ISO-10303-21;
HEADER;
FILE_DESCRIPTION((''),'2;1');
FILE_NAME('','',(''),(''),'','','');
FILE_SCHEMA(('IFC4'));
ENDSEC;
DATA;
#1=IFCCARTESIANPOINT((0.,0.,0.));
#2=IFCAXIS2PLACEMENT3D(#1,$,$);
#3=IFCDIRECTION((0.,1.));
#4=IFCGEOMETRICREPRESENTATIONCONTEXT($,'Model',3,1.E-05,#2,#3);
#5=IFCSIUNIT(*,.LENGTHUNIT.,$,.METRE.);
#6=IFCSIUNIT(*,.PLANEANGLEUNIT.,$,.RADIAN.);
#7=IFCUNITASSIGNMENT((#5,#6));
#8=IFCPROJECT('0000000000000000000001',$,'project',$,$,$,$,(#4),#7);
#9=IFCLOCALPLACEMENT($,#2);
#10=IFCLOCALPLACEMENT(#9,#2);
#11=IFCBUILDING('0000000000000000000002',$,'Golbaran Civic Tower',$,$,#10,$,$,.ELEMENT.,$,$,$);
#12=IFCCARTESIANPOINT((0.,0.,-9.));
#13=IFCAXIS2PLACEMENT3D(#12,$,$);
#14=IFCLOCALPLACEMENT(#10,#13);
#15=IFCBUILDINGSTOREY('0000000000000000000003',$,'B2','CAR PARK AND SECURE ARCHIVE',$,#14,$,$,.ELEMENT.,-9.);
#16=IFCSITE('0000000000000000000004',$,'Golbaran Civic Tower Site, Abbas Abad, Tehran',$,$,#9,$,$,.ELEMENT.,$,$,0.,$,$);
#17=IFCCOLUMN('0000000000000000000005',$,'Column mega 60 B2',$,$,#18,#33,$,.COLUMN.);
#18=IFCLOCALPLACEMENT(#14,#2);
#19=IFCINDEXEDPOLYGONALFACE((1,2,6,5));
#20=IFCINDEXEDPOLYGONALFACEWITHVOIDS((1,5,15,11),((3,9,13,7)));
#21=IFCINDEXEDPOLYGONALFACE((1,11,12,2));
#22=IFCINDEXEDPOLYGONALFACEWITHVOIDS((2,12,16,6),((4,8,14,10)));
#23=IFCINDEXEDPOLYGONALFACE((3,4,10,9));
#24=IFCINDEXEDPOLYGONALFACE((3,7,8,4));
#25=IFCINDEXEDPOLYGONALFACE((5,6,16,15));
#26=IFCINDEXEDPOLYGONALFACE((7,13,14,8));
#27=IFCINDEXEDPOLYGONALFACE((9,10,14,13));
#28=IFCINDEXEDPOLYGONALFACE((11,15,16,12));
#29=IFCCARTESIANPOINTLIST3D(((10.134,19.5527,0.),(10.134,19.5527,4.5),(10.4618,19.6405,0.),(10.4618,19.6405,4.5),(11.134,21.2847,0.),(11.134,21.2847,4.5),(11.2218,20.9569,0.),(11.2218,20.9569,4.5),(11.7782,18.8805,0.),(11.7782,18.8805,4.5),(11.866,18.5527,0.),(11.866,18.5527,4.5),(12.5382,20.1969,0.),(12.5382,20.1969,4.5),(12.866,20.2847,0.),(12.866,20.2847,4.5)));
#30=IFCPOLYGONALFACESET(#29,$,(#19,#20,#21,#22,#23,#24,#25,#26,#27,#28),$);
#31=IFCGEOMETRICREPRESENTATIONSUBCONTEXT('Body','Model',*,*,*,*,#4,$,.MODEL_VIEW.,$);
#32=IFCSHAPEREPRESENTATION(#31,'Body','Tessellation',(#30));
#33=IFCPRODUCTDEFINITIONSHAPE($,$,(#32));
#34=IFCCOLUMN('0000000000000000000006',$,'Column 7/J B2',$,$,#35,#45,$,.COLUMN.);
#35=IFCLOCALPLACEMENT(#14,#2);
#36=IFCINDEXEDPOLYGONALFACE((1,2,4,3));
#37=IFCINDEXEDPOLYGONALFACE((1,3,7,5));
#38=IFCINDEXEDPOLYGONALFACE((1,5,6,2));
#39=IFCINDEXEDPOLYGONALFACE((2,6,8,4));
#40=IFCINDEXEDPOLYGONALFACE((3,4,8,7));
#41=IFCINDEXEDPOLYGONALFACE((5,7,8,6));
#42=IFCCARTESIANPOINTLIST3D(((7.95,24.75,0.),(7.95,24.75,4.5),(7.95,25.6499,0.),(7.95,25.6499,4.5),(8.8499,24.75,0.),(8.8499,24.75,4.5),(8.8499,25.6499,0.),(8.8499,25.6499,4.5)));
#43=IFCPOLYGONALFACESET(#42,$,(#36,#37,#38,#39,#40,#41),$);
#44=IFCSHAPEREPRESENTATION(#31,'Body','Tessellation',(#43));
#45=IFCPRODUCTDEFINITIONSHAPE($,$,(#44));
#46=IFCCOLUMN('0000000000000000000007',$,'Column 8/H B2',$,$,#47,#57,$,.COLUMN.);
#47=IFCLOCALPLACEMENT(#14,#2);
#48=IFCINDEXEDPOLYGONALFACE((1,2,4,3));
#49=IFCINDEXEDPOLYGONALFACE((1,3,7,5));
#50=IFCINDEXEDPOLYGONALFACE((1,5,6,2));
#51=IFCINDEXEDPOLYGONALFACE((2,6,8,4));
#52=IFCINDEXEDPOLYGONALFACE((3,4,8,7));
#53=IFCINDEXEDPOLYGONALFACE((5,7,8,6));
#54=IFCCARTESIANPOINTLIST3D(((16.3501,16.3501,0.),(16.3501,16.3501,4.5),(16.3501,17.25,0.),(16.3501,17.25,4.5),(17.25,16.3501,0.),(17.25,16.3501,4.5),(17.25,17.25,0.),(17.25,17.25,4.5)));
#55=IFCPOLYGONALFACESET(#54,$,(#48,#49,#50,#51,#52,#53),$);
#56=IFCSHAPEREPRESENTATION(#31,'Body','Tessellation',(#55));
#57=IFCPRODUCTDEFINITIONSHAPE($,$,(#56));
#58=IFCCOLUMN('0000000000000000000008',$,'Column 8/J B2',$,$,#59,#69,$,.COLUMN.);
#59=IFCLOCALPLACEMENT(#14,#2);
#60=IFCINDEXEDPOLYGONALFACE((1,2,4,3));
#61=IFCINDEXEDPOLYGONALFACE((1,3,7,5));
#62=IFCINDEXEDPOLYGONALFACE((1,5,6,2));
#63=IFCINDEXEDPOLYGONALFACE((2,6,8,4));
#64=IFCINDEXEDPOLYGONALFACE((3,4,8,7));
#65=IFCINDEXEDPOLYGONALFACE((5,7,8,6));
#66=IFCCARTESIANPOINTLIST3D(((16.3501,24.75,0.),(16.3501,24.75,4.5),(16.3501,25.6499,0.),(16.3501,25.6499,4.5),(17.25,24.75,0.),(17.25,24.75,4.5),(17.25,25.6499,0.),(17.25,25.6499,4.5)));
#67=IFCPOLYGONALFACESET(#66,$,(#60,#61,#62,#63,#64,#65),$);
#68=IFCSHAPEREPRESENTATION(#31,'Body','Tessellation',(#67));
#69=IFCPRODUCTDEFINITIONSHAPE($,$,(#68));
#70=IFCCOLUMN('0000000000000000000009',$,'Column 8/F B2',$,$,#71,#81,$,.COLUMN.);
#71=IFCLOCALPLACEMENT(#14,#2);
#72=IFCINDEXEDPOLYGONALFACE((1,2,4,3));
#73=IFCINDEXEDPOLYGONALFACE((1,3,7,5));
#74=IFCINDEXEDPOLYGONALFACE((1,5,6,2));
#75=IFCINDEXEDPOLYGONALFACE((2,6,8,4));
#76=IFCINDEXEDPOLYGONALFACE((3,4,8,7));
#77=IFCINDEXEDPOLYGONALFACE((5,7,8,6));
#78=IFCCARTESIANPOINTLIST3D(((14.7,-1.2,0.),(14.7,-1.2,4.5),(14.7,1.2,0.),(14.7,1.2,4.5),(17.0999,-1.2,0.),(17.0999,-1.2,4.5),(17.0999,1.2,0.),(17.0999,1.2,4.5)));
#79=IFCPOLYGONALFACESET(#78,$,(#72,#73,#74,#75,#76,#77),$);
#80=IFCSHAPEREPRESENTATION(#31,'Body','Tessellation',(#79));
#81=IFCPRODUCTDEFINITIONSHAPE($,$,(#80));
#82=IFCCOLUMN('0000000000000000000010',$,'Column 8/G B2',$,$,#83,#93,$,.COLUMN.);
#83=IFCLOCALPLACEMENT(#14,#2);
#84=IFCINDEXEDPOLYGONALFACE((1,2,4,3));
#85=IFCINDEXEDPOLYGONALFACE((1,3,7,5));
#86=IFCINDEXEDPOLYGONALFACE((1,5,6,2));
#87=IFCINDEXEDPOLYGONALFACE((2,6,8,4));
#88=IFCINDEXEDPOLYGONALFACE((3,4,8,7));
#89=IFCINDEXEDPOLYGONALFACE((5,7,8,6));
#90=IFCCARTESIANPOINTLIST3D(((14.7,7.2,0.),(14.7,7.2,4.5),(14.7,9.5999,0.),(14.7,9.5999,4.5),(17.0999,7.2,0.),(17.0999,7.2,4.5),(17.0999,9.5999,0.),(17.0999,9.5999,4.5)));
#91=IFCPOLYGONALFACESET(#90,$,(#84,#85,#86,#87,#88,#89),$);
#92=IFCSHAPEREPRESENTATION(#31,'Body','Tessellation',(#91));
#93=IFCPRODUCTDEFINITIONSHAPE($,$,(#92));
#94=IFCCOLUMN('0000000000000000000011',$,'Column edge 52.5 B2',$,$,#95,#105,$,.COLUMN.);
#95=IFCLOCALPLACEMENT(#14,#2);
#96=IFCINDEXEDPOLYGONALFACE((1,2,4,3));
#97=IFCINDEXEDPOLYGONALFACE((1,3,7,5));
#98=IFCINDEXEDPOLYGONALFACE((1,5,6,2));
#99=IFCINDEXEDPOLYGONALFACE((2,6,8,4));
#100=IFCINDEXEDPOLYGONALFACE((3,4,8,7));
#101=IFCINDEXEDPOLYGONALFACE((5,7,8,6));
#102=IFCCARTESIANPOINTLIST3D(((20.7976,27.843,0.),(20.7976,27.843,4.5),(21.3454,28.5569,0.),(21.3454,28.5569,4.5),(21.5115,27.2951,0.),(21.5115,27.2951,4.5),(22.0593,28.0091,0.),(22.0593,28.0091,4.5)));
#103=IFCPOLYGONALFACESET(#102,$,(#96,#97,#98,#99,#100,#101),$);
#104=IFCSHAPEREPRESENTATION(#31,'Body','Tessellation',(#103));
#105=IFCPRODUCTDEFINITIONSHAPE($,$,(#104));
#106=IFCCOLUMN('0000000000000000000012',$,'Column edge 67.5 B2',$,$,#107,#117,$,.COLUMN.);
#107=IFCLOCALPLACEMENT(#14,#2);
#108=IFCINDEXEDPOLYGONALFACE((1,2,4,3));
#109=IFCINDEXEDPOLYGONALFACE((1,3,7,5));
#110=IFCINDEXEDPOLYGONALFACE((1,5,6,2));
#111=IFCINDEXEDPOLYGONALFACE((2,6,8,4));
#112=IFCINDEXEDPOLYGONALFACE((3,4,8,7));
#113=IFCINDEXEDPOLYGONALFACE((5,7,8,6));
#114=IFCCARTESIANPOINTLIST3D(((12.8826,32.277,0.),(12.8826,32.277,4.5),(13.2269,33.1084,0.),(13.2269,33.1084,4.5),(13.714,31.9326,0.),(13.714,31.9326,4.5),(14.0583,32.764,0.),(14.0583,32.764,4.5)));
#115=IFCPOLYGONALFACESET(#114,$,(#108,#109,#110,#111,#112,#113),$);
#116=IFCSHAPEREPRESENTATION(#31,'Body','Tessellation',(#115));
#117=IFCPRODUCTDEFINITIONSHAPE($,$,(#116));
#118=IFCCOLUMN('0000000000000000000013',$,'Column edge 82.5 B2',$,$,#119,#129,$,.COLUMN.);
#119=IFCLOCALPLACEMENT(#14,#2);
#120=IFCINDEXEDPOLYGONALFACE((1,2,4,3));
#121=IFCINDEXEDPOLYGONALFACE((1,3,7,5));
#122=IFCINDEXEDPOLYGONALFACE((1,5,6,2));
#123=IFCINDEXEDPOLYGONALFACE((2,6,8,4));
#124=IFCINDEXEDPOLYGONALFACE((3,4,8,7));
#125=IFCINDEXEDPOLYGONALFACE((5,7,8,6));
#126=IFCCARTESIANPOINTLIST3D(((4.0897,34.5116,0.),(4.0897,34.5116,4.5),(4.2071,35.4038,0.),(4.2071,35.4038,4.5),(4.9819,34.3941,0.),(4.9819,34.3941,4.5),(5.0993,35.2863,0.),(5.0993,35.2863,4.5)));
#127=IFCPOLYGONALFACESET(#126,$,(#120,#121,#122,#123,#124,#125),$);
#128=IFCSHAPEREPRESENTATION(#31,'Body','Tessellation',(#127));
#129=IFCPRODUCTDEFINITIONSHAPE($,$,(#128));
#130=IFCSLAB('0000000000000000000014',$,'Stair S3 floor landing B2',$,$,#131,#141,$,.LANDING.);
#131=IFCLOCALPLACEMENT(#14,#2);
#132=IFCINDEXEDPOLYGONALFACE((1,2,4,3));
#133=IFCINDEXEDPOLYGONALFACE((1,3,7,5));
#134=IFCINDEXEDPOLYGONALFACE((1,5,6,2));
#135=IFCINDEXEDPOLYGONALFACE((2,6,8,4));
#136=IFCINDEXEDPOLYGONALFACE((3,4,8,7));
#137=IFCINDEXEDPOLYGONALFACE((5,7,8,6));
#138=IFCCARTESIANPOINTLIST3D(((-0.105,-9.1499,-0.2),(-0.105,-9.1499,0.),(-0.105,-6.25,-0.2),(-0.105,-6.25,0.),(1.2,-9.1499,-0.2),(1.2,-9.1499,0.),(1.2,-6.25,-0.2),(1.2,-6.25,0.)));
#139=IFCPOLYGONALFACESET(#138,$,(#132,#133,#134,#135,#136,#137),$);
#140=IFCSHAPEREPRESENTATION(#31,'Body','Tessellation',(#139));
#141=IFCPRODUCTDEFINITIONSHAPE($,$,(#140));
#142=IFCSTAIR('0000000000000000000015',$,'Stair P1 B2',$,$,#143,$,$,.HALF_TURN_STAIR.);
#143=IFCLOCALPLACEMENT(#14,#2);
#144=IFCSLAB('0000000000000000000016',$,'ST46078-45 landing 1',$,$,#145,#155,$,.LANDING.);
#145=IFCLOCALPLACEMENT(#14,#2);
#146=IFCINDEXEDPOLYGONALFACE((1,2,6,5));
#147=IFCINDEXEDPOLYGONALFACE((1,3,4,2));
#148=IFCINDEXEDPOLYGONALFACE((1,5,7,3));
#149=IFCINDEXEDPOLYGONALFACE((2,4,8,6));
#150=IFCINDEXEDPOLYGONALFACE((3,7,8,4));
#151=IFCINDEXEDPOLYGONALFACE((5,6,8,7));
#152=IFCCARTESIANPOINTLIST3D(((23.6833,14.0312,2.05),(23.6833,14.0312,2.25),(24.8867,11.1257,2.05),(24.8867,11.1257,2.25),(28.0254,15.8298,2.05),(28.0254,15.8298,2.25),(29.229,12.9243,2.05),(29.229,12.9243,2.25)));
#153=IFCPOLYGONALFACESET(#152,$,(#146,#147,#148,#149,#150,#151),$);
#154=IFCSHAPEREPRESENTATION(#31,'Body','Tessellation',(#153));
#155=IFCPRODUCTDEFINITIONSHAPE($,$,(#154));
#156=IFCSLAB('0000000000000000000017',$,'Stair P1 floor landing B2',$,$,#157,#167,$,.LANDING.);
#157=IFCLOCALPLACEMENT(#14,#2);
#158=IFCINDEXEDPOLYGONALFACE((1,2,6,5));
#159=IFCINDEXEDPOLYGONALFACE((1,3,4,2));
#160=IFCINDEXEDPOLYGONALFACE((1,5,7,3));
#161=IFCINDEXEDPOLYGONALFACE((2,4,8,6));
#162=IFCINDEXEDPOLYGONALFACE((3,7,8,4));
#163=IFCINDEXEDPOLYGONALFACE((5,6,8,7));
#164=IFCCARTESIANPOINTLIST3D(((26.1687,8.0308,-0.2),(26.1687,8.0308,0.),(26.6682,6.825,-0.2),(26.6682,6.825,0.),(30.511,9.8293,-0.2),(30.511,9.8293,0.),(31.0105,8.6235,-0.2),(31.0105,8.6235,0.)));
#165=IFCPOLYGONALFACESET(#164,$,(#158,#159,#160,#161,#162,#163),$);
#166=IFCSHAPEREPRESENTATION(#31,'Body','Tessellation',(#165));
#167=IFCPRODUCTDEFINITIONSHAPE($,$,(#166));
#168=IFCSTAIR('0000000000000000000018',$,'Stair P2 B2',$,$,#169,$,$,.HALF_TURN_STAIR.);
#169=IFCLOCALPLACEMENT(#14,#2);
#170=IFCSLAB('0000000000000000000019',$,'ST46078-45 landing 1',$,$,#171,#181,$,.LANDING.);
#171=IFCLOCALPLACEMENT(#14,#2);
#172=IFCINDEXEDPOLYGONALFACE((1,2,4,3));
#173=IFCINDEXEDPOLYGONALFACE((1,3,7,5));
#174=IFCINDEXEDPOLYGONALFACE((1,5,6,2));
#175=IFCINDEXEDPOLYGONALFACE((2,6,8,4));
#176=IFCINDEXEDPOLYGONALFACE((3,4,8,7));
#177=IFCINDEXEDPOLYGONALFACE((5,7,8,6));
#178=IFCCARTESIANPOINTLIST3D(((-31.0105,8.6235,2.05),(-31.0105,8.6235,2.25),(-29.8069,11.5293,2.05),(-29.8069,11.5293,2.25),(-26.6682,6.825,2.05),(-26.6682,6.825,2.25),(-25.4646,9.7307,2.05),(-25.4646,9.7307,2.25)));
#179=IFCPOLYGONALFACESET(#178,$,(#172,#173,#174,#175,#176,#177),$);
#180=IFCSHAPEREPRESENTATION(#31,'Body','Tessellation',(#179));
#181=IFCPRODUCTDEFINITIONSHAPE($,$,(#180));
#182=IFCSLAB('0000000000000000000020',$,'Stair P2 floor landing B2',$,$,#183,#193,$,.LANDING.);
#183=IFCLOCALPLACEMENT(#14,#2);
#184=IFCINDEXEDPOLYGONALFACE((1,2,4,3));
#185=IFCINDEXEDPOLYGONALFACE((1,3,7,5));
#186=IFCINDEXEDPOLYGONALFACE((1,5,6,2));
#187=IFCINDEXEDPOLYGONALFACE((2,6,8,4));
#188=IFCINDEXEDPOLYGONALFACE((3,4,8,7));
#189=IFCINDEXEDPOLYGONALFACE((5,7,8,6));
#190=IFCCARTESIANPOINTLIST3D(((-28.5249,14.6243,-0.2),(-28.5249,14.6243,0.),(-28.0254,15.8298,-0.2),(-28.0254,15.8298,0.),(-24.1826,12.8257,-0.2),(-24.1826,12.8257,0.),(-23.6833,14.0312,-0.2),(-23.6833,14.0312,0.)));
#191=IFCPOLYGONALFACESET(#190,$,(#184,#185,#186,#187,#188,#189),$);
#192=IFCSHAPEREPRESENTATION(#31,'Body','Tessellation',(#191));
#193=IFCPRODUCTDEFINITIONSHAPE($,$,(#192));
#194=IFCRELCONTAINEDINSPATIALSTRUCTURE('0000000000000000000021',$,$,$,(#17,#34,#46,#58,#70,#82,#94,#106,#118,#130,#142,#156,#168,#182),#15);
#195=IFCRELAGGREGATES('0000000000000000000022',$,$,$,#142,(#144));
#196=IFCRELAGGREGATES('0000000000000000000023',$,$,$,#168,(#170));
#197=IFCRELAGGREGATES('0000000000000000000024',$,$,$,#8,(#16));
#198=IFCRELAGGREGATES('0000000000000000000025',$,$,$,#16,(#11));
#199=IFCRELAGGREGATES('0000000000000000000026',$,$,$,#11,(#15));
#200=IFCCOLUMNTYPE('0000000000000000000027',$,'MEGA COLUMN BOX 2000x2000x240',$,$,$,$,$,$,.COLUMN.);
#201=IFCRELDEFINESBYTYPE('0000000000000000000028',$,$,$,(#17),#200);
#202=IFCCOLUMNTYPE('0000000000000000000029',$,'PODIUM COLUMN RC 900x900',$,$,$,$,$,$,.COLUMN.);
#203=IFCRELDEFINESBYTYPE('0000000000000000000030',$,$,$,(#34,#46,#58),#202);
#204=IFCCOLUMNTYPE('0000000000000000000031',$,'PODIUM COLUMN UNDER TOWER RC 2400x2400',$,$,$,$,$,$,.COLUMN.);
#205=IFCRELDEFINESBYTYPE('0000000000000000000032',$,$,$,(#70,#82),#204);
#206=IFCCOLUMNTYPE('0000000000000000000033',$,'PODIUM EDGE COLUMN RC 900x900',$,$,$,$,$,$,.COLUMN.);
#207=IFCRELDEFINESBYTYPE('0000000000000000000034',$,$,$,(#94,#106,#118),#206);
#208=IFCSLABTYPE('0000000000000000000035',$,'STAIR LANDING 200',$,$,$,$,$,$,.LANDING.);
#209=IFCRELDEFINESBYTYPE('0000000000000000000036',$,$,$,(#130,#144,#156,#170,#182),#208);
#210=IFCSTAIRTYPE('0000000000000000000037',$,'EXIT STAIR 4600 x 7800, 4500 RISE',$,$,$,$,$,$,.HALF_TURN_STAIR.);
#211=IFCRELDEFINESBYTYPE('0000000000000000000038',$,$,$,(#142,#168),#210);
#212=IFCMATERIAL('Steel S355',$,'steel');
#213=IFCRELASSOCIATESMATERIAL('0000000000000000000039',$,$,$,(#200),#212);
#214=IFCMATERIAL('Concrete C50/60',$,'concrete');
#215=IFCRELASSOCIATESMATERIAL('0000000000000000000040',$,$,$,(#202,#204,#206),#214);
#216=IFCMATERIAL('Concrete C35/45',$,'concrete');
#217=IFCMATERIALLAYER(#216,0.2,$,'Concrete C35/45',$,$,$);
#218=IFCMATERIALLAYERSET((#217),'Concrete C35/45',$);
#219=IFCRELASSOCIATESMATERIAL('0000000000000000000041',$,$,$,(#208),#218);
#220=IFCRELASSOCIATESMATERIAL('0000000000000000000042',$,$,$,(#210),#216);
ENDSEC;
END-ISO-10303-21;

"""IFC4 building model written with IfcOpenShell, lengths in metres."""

from ifc_helpers import new_model, si_unit, direction, frame, origin, origin_2d, place, context, subcontext, project, spatial, polyline, rectangle, hollow_rectangle, outline, extrude, material, layer, layer_set, material_profile, profile_set, type_object, element, aggregate, save


model = new_model("IFC4")

# Units and contexts
model_context = context("Model", 3, precision=1e-05, world=origin(), true_north=direction((0.0, 1.0)))
body_context = subcontext(model_context, "Body", "Model", "MODEL_VIEW")
ifc_project = project(units=[si_unit("LENGTHUNIT", "METRE"), si_unit("PLANEANGLEUNIT", "RADIAN")], contexts=[model_context])

# Site, building, storey
site_placement = place(None, origin())
site = spatial("IfcSite", under=ifc_project, at=site_placement, Name="Golbaran Civic Tower Site, Abbas Abad, Tehran", CompositionType="ELEMENT", RefElevation=0.0)
building_placement = place(site_placement, origin())
building = spatial("IfcBuilding", under=site, at=building_placement, Name="Golbaran Civic Tower", CompositionType="ELEMENT")
storey_placement = place(building_placement, frame((0.0, 0.0, -9.0)))
storey = spatial("IfcBuildingStorey", under=building, at=storey_placement, Name="B2", Description="CAR PARK AND SECURE ARCHIVE", CompositionType="ELEMENT", Elevation=-9.0)

# Columns
ifc_material_1 = material(Name="Steel S355", Category="steel")
ifc_material_profile_1 = material_profile(ifc_material_1, hollow_rectangle(XDim=2.0, YDim=2.0, WallThickness=0.24, at=origin_2d()), Name="BOX 2000x2000x240")
ifc_profile_set_1 = profile_set([ifc_material_profile_1], Name="Steel S355")
column_type_1 = type_object("IfcColumnType", Name="MEGA COLUMN BOX 2000x2000x240", PredefinedType="COLUMN", material=ifc_profile_set_1)
column_placement = place(storey_placement, frame((11.5, 19.9187, 0.0), z_axis=(0.0, 0.0, 1.0), x_axis=(0.5, 0.866025, 0.0)))
element("IfcColumn", 1, at=column_placement, inside=storey, type_object=column_type_1, Name="Column mega 60 B2", PredefinedType="COLUMN", context=body_context, shape_type="SweptSolid", body=[
    extrude(hollow_rectangle(XDim=2.0, YDim=2.0, WallThickness=0.24, at=origin_2d()), origin(), (0.0, 0.0, 1.0), 4.5),
])
ifc_material_2 = material(Name="Concrete C50/60", Category="concrete")
ifc_material_profile_2 = material_profile(ifc_material_2, rectangle(XDim=0.8999, YDim=0.8999, at=origin_2d()), Name="RC 900x900")
ifc_profile_set_2 = profile_set([ifc_material_profile_2], Name="Concrete C50/60")
column_type_2 = type_object("IfcColumnType", Name="PODIUM COLUMN RC 900x900", PredefinedType="COLUMN", material=ifc_profile_set_2)
for number, where, z_axis, x_axis, name in (
    (2, (8.3999, 25.2, 0.0), (0.0, 0.0, 1.0), (1.0, 0.0, 0.0), "Column 7/J B2"),
    (3, (16.8, 16.8, 0.0), (0.0, 0.0, 1.0), (1.0, 0.0, 0.0), "Column 8/H B2"),
    (4, (16.8, 25.2, 0.0), (0.0, 0.0, 1.0), (1.0, 0.0, 0.0), "Column 8/J B2"),
):
    element("IfcColumn", number, at=place(storey_placement, frame(where, z_axis=z_axis, x_axis=x_axis)), inside=storey, type_object=column_type_2, Name=name, PredefinedType="COLUMN", context=body_context, shape_type="SweptSolid", body=[
        extrude(rectangle(XDim=0.8999, YDim=0.8999, at=origin_2d()), origin(), (0.0, 0.0, 1.0), 4.5),
    ])
ifc_material_profile_3 = material_profile(ifc_material_2, rectangle(XDim=2.3999, YDim=2.3999, at=origin_2d()), Name="RC 2400x2400")
ifc_profile_set_3 = profile_set([ifc_material_profile_3], Name="Concrete C50/60")
column_type_3 = type_object("IfcColumnType", Name="PODIUM COLUMN UNDER TOWER RC 2400x2400", PredefinedType="COLUMN", material=ifc_profile_set_3)
for number, where, z_axis, x_axis, name in (
    (5, (15.8999, 0.0, 0.0), (0.0, 0.0, 1.0), (1.0, 0.0, 0.0), "Column 8/F B2"),
    (6, (15.8999, 8.3999, 0.0), (0.0, 0.0, 1.0), (1.0, 0.0, 0.0), "Column 8/G B2"),
):
    element("IfcColumn", number, at=place(storey_placement, frame(where, z_axis=z_axis, x_axis=x_axis)), inside=storey, type_object=column_type_3, Name=name, PredefinedType="COLUMN", context=body_context, shape_type="SweptSolid", body=[
        extrude(rectangle(XDim=2.3999, YDim=2.3999, at=origin_2d()), origin(), (0.0, 0.0, 1.0), 4.5),
    ])
ifc_material_profile_4 = material_profile(ifc_material_2, rectangle(XDim=0.8999, YDim=0.8999, at=origin_2d()), Name="RC 900x900")
ifc_profile_set_4 = profile_set([ifc_material_profile_4], Name="Concrete C50/60")
column_type_4 = type_object("IfcColumnType", Name="PODIUM EDGE COLUMN RC 900x900", PredefinedType="COLUMN", material=ifc_profile_set_4)
for number, where, z_axis, x_axis, name in (
    (7, (21.4285, 27.926, 0.0), (0.0, 0.0, 1.0), (0.608761, 0.793353, 0.0), "Column edge 52.5 B2"),
    (8, (13.4705, 32.5205, 0.0), (0.0, 0.0, 1.0), (0.382683, 0.92388, 0.0), "Column edge 67.5 B2"),
    (9, (4.5945, 34.8989, 0.0), (0.0, 0.0, 1.0), (0.130526, 0.991445, 0.0), "Column edge 82.5 B2"),
):
    element("IfcColumn", number, at=place(storey_placement, frame(where, z_axis=z_axis, x_axis=x_axis)), inside=storey, type_object=column_type_4, Name=name, PredefinedType="COLUMN", context=body_context, shape_type="SweptSolid", body=[
        extrude(rectangle(XDim=0.8999, YDim=0.8999, at=origin_2d()), origin(), (0.0, 0.0, 1.0), 4.5),
    ])

# Slab
ifc_material_3 = material(Name="Concrete C35/45", Category="concrete")
ifc_layer_1 = layer(ifc_material_3, 0.2, Name="Concrete C35/45")
ifc_layer_set_1 = layer_set([ifc_layer_1], Name="Concrete C35/45")
slab_type = type_object("IfcSlabType", Name="STAIR LANDING 200", PredefinedType="LANDING", material=ifc_layer_set_1)
slab_1_placement = place(storey_placement, frame((0.0, 0.0, -0.2)))
element("IfcSlab", 10, at=slab_1_placement, inside=storey, type_object=slab_type, Name="Stair S3 floor landing B2", PredefinedType="LANDING", context=body_context, shape_type="SweptSolid", body=[
    extrude(outline(polyline([(1.2, -9.1499), (-0.105, -9.1499), (-0.105, -6.25), (1.2, -6.25), (1.2, -9.1499)])), origin(), (0.0, 0.0, 1.0), 0.2),
])

# Stair, slab
stair_type = type_object("IfcStairType", Name="EXIT STAIR 4600 x 7800, 4500 RISE", PredefinedType="HALF_TURN_STAIR", material=ifc_material_3)
stair_1_placement = place(storey_placement, origin())
stair_1 = element("IfcStair", 11, at=stair_1_placement, inside=storey, type_object=stair_type, Name="Stair P1 B2", PredefinedType="HALF_TURN_STAIR")
slab_2_placement = place(storey_placement, frame((0.0, 0.0, 2.05)))
slab_2 = element("IfcSlab", 12, at=slab_2_placement, type_object=slab_type, Name="ST46078-45 landing 1", PredefinedType="LANDING", context=body_context, shape_type="SweptSolid", body=[
    extrude(outline(polyline([(24.8867, 11.1257), (23.6833, 14.0312), (28.0254, 15.8298), (29.229, 12.9243), (24.8867, 11.1257)])), origin(), (0.0, 0.0, 1.0), 0.2),
])
aggregate(stair_1, [slab_2])

# Slab
slab_3_placement = place(storey_placement, frame((0.0, 0.0, -0.2)))
element("IfcSlab", 13, at=slab_3_placement, inside=storey, type_object=slab_type, Name="Stair P1 floor landing B2", PredefinedType="LANDING", context=body_context, shape_type="SweptSolid", body=[
    extrude(outline(polyline([(26.6682, 6.825), (26.1687, 8.0308), (30.511, 9.8293), (31.0105, 8.6235), (26.6682, 6.825)])), origin(), (0.0, 0.0, 1.0), 0.2),
])

# Stair, slab
stair_2_placement = place(storey_placement, origin())
stair_2 = element("IfcStair", 14, at=stair_2_placement, inside=storey, type_object=stair_type, Name="Stair P2 B2", PredefinedType="HALF_TURN_STAIR")
slab_4_placement = place(storey_placement, frame((0.0, 0.0, 2.05)))
slab_4 = element("IfcSlab", 15, at=slab_4_placement, type_object=slab_type, Name="ST46078-45 landing 1", PredefinedType="LANDING", context=body_context, shape_type="SweptSolid", body=[
    extrude(outline(polyline([(-25.4646, 9.7307), (-26.6682, 6.825), (-31.0105, 8.6235), (-29.8069, 11.5293), (-25.4646, 9.7307)])), origin(), (0.0, 0.0, 1.0), 0.2),
])
aggregate(stair_2, [slab_4])

# Slab
slab_5_placement = place(storey_placement, frame((0.0, 0.0, -0.2)))
element("IfcSlab", 16, at=slab_5_placement, inside=storey, type_object=slab_type, Name="Stair P2 floor landing B2", PredefinedType="LANDING", context=body_context, shape_type="SweptSolid", body=[
    extrude(outline(polyline([(-23.6833, 14.0312), (-24.1826, 12.8257), (-28.5249, 14.6243), (-28.0254, 15.8298), (-23.6833, 14.0312)])), origin(), (0.0, 0.0, 1.0), 0.2),
])

save(model, "model.ifc")
